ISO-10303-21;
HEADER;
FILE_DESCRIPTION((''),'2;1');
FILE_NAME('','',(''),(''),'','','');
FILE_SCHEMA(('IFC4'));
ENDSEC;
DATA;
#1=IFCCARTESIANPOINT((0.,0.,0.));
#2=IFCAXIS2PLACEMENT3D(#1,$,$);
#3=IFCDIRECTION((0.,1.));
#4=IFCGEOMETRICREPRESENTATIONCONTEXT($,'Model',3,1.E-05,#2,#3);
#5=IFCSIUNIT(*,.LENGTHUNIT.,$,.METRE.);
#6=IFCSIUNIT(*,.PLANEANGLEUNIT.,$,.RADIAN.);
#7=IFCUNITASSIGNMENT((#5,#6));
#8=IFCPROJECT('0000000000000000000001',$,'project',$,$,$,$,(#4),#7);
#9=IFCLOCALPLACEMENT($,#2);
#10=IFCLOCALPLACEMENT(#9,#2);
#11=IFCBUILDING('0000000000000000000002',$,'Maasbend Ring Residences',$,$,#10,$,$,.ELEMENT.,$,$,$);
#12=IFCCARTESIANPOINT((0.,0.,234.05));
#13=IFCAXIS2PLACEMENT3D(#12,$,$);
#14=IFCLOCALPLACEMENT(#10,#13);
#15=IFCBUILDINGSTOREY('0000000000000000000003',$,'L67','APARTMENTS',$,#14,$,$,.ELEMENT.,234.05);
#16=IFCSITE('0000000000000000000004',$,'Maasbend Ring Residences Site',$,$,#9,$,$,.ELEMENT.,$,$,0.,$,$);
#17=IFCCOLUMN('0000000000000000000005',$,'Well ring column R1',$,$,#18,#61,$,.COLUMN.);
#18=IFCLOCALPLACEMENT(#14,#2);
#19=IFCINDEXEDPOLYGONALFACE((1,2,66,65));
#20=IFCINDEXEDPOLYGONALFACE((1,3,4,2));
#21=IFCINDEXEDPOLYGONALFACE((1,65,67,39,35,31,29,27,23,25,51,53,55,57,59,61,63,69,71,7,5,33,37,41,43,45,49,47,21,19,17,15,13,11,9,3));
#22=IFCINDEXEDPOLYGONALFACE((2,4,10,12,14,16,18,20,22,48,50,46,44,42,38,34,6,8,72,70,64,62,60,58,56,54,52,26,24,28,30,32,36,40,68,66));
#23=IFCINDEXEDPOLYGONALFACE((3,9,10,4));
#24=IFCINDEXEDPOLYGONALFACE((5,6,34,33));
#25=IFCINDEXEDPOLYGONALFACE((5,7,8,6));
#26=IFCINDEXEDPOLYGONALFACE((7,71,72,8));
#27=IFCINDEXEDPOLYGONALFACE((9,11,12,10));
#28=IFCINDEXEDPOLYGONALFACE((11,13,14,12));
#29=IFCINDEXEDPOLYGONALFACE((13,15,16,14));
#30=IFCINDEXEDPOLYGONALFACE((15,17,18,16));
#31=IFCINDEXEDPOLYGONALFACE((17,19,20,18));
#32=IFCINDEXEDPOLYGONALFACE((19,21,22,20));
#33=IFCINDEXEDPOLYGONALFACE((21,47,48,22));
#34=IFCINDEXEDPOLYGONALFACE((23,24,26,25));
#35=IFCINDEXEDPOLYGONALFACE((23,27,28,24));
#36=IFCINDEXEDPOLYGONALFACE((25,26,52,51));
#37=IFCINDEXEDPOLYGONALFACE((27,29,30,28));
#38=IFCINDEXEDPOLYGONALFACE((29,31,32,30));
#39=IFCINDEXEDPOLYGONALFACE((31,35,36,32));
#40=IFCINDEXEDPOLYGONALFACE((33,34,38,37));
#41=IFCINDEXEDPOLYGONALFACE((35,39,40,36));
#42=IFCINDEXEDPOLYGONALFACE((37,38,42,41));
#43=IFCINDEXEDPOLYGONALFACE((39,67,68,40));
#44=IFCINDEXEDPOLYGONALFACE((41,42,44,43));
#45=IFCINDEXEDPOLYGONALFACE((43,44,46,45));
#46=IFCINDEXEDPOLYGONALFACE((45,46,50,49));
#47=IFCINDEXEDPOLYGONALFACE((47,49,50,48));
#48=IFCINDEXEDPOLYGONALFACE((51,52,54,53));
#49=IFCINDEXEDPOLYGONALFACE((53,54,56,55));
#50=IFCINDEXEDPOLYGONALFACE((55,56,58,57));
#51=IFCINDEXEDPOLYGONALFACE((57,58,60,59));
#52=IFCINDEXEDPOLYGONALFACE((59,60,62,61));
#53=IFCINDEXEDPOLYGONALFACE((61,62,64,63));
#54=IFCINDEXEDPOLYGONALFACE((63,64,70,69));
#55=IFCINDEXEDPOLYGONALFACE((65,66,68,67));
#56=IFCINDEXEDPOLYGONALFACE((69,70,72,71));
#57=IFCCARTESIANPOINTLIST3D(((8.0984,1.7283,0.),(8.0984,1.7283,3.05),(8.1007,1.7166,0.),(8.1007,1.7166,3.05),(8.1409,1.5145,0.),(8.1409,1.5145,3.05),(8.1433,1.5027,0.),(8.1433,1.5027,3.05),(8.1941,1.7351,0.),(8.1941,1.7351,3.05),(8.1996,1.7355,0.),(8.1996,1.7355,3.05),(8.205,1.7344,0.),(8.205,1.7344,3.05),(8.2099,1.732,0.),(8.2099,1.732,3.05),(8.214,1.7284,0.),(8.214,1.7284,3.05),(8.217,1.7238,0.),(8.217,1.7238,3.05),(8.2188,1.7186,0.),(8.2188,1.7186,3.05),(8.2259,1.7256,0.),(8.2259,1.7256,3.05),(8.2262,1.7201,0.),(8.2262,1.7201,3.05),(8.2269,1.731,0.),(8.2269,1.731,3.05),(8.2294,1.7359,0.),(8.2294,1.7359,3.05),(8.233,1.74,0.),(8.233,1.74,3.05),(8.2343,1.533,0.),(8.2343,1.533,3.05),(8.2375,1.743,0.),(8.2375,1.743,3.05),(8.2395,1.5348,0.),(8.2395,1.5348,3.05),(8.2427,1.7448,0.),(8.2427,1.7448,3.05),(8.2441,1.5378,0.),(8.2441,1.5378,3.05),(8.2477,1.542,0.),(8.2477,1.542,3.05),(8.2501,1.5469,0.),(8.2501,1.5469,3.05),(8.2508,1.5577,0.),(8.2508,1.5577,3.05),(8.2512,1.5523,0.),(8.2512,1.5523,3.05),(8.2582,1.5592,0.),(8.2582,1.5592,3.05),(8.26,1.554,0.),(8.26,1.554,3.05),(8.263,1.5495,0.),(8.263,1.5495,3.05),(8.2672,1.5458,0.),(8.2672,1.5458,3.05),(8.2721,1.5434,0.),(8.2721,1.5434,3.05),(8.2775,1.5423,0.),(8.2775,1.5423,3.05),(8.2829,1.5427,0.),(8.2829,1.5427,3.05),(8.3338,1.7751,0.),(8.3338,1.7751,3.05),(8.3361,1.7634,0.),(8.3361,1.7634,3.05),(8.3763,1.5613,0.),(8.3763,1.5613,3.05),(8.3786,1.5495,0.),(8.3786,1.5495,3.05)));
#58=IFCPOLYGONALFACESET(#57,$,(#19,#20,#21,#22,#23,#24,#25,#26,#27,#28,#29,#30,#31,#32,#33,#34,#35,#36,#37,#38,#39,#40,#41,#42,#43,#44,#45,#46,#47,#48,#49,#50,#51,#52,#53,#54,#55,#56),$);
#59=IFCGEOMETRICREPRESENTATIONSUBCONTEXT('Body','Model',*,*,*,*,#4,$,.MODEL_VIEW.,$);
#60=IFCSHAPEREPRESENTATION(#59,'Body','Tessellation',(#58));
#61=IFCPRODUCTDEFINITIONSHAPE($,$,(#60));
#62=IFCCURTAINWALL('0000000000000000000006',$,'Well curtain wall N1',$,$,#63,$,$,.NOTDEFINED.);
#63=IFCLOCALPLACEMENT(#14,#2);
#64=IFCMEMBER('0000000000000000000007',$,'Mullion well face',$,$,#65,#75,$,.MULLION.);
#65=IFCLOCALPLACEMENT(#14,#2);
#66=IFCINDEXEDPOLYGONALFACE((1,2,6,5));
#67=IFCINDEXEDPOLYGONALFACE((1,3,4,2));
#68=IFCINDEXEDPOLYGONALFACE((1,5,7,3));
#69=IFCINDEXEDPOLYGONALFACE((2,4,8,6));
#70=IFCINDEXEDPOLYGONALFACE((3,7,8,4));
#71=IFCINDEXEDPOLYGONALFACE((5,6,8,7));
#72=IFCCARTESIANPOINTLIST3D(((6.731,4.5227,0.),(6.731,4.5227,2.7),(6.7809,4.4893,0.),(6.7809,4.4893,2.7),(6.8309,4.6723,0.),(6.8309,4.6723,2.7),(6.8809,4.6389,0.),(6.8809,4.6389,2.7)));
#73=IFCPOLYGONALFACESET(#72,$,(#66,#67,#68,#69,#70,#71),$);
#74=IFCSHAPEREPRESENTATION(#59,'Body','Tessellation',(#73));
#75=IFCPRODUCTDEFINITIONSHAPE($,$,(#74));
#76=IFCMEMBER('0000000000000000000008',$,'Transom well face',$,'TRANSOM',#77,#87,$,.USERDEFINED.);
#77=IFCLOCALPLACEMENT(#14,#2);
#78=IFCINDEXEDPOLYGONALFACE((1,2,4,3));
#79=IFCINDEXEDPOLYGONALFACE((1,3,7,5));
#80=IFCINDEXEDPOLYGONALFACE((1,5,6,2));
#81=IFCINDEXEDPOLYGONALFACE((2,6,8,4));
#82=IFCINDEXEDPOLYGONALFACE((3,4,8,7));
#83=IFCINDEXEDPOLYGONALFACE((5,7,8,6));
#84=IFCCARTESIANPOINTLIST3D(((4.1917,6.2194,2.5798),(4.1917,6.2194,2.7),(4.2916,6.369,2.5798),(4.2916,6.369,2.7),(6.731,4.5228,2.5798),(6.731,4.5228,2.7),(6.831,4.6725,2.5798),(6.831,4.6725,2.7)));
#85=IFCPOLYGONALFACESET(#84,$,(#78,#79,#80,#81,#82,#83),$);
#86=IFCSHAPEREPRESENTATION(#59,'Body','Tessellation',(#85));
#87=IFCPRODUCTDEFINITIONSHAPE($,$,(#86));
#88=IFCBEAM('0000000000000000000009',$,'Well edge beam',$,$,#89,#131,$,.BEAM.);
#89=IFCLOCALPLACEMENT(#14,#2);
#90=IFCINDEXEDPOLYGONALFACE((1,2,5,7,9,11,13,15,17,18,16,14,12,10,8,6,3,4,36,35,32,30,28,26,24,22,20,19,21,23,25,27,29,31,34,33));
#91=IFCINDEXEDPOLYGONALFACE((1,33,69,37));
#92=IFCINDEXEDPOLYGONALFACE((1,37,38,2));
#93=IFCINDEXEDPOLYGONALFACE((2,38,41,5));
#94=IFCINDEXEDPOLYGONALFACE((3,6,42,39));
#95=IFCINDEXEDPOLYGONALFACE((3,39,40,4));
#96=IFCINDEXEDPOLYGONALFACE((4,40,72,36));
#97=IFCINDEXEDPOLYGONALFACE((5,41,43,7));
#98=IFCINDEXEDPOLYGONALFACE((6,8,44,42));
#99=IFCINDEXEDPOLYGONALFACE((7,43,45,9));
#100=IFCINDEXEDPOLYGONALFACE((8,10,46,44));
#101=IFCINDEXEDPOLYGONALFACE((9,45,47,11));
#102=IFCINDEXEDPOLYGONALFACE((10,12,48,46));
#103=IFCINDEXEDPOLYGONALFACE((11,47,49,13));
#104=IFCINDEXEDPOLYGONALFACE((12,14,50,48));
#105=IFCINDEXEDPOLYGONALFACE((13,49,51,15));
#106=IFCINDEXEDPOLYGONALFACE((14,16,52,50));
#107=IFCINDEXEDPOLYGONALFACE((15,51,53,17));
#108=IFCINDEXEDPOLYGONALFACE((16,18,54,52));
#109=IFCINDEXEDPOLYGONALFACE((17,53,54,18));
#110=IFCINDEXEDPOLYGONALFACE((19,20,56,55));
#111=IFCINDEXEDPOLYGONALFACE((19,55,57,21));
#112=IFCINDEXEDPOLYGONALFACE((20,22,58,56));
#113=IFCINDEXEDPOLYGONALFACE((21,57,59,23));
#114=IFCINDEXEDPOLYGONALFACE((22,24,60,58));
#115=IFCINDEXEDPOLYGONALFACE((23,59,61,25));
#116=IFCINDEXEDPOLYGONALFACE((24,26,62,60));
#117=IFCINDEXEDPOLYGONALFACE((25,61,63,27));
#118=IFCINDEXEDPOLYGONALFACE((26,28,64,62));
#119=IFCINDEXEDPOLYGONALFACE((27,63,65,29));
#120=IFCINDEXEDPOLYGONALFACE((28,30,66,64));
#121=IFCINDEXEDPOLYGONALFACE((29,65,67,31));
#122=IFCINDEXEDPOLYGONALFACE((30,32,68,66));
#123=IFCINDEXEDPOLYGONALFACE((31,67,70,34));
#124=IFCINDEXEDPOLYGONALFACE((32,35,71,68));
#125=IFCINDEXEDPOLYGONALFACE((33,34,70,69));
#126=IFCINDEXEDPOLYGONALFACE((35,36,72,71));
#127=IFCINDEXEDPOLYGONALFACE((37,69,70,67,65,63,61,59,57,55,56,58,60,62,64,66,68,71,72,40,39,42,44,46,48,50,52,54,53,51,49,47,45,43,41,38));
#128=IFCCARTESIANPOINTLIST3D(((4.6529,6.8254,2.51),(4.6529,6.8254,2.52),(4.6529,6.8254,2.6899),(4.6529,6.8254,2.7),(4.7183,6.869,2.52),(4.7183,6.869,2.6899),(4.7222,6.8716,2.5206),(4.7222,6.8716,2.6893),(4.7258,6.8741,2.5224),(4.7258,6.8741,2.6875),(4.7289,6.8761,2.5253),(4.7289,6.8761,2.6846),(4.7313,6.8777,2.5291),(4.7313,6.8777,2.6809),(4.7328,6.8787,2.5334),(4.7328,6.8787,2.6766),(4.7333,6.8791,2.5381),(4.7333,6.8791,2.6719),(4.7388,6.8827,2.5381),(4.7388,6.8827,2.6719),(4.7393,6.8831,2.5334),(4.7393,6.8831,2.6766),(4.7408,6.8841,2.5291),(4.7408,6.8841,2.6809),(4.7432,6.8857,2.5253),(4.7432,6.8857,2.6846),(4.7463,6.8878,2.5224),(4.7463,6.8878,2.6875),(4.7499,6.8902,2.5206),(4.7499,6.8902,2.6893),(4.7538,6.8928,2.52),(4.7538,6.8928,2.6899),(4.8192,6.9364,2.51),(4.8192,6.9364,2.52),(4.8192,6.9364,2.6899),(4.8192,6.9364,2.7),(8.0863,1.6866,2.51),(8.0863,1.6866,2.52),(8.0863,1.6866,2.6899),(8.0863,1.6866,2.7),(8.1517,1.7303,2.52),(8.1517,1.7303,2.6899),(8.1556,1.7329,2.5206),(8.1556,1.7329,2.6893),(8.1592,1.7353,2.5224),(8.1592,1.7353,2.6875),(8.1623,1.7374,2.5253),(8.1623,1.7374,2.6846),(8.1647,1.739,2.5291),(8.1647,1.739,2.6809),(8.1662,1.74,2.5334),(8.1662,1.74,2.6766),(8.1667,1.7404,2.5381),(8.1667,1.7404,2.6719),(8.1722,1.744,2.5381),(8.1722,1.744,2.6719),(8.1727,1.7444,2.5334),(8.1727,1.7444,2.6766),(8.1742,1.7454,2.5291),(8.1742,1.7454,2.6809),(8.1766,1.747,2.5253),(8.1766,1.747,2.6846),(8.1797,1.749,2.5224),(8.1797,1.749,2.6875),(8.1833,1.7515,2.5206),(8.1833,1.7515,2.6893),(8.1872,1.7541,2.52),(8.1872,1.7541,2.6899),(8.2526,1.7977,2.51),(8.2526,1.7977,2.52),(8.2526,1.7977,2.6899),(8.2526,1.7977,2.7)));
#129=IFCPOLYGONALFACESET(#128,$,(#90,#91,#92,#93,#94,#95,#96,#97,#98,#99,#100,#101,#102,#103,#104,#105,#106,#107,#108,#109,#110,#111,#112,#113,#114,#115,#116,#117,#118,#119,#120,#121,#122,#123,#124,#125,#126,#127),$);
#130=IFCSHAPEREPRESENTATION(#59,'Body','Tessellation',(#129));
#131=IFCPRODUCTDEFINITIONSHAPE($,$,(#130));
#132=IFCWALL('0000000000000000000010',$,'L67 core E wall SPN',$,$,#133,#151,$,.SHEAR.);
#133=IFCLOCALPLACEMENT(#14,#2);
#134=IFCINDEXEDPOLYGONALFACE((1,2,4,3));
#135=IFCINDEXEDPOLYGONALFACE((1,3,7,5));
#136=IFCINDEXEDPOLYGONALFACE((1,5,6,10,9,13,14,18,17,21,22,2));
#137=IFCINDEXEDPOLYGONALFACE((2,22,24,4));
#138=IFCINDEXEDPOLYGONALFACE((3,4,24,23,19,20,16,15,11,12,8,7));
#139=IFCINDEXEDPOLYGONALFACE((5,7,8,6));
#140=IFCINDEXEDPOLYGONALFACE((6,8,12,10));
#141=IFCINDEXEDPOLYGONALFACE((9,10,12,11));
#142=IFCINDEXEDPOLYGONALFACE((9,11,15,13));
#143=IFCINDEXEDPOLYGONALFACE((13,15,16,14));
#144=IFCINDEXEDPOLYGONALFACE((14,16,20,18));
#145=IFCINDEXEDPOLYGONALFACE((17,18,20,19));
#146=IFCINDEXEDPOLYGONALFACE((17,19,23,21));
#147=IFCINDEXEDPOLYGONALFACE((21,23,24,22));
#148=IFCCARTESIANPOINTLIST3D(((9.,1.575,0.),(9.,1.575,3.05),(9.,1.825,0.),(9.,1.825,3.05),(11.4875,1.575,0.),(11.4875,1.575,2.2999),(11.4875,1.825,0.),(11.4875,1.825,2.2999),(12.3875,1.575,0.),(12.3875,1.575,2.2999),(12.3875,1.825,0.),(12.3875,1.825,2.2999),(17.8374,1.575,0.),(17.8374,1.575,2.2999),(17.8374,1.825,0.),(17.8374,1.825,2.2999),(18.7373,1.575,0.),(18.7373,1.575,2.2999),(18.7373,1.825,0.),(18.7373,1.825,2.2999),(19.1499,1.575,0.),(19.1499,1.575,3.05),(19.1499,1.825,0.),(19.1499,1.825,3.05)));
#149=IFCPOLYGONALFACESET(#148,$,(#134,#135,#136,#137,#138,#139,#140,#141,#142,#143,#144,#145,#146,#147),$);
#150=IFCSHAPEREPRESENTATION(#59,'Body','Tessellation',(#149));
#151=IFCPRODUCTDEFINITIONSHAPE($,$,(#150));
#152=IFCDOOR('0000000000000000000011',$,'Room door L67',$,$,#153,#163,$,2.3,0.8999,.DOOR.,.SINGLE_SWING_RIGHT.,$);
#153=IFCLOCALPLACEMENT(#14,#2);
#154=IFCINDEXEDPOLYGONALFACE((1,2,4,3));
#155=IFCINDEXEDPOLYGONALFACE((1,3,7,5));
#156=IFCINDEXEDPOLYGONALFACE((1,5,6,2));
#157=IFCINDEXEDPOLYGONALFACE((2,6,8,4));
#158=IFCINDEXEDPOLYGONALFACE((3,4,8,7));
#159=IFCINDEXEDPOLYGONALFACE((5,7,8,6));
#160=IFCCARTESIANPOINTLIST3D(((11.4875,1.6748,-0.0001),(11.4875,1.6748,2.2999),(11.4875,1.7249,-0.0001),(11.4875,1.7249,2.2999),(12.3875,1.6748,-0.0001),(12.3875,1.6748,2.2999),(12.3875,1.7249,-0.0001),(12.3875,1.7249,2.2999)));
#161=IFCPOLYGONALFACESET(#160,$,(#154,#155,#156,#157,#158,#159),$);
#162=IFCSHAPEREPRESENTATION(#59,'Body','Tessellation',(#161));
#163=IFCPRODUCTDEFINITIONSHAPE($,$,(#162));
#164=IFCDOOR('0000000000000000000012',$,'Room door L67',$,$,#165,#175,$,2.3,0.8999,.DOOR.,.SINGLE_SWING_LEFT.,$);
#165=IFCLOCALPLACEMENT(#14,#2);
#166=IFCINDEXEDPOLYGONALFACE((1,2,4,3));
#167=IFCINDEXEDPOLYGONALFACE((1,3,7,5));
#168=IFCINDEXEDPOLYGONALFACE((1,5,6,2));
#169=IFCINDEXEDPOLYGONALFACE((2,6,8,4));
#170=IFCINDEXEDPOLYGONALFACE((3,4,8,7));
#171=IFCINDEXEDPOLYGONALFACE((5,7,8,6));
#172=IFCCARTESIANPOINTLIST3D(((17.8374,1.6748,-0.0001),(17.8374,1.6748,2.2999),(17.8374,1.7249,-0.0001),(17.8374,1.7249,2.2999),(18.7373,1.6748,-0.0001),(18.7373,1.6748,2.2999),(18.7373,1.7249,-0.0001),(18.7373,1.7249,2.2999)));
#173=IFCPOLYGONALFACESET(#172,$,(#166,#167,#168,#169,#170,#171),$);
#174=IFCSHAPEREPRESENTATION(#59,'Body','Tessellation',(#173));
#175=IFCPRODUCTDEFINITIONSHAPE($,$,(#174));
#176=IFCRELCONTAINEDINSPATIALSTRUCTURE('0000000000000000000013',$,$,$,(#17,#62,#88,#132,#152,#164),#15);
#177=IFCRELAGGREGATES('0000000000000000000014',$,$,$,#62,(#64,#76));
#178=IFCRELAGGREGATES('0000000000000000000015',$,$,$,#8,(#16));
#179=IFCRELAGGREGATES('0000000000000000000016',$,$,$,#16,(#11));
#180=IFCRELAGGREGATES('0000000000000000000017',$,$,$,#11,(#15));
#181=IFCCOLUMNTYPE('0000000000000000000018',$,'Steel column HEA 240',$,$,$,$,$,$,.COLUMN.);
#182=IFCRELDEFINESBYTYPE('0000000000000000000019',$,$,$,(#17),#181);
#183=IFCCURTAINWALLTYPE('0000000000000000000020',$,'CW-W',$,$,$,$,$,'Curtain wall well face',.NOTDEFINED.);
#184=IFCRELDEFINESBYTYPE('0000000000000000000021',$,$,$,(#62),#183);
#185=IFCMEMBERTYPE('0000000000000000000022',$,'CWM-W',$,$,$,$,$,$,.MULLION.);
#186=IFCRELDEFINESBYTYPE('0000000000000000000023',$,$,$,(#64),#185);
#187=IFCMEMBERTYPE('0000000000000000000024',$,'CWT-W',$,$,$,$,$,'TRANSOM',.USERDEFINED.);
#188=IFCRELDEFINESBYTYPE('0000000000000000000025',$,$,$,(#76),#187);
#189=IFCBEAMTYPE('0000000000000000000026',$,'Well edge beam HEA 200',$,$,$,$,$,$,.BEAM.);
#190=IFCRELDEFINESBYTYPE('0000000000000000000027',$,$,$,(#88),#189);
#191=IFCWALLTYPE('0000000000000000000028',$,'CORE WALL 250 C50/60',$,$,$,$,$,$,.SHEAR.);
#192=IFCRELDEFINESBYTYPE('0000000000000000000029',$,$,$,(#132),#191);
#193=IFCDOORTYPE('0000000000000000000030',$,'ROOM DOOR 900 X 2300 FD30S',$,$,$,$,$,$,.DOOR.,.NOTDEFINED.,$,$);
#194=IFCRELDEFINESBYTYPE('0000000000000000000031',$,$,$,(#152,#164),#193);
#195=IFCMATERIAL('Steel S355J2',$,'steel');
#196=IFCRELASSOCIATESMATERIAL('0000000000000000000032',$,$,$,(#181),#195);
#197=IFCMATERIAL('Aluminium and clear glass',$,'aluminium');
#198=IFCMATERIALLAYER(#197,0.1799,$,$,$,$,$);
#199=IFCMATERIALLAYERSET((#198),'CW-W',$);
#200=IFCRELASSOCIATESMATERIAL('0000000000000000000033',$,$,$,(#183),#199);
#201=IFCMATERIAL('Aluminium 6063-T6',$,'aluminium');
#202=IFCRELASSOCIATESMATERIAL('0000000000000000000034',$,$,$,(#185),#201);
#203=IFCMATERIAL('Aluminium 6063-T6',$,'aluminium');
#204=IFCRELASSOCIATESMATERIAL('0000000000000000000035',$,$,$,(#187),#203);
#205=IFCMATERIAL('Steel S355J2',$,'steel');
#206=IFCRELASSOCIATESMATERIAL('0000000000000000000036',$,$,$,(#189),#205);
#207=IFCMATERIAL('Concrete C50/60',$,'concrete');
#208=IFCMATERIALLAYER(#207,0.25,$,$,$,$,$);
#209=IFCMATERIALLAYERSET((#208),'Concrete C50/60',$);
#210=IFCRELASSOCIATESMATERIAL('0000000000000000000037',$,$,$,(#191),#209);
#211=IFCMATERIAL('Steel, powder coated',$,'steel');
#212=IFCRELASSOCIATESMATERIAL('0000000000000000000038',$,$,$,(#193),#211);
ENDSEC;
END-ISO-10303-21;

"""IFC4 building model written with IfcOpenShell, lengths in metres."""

from ifc_helpers import new_model, si_unit, direction, frame, frame_2d, origin, origin_2d, place, context, subcontext, project, spatial, rectangle, i_section, extrude, material, layer, layer_set, material_profile, profile_set, type_object, element, fill, aggregate, save


model = new_model("IFC4")

# Units and contexts
model_context = context("Model", 3, precision=1e-05, world=origin(), true_north=direction((0.0, 1.0)))
body_context = subcontext(model_context, "Body", "Model", "MODEL_VIEW")
ifc_project = project(units=[si_unit("LENGTHUNIT", "METRE"), si_unit("PLANEANGLEUNIT", "RADIAN")], contexts=[model_context])

# Site, building, storey
site_placement = place(None, origin())
site = spatial("IfcSite", under=ifc_project, at=site_placement, Name="Maasbend Ring Residences Site", CompositionType="ELEMENT", RefElevation=0.0)
building_placement = place(site_placement, origin())
building = spatial("IfcBuilding", under=site, at=building_placement, Name="Maasbend Ring Residences", CompositionType="ELEMENT")
storey_placement = place(building_placement, frame((0.0, 0.0, 234.05)))
storey = spatial("IfcBuildingStorey", under=building, at=storey_placement, Name="L67", Description="APARTMENTS", CompositionType="ELEMENT", Elevation=234.05)

# Column
ifc_material_1 = material(Name="Steel S355J2", Category="steel")
ifc_material_profile_1 = material_profile(ifc_material_1, i_section(OverallWidth=0.24, OverallDepth=0.23, WebThickness=0.0076, FlangeThickness=0.012, FilletRadius=0.021, at=origin_2d()), Name="HEA 240")
ifc_profile_set_1 = profile_set([ifc_material_profile_1], Name="Steel S355J2")
column_type = type_object("IfcColumnType", Name="Steel column HEA 240", PredefinedType="COLUMN", material=ifc_profile_set_1)
column_placement = place(storey_placement, frame((8.2385, 1.6389, 0.0), z_axis=(0.0, 0.0, 1.0), x_axis=(0.980785, 0.19509, 0.0)))
element("IfcColumn", 1, at=column_placement, inside=storey, type_object=column_type, Name="Well ring column R1", PredefinedType="COLUMN", context=body_context, shape_type="SweptSolid", body=[
    extrude(i_section(OverallWidth=0.24, OverallDepth=0.23, WebThickness=0.0076, FlangeThickness=0.012, FilletRadius=0.021, at=origin_2d()), origin(), (0.0, 0.0, 1.0), 3.05),
])

# Curtain wall, members
ifc_material_2 = material(Name="Aluminium and clear glass", Category="aluminium")
ifc_layer_1 = layer(ifc_material_2, 0.1799)
ifc_layer_set_1 = layer_set([ifc_layer_1], Name="CW-W")
curtain_wall_type = type_object("IfcCurtainWallType", Name="CW-W", ElementType="Curtain wall well face", PredefinedType="NOTDEFINED", material=ifc_layer_set_1)
curtain_wall_placement = place(storey_placement, origin())
curtain_wall = element("IfcCurtainWall", 2, at=curtain_wall_placement, inside=storey, type_object=curtain_wall_type, Name="Well curtain wall N1", PredefinedType="NOTDEFINED")
ifc_material_3 = material(Name="Aluminium 6063-T6", Category="aluminium")
ifc_material_profile_2 = material_profile(ifc_material_3, rectangle(XDim=0.1799, YDim=0.0601, at=origin_2d()), Name="AL 180x60")
ifc_profile_set_2 = profile_set([ifc_material_profile_2], Name="Aluminium 6063-T6")
member_type_1 = type_object("IfcMemberType", Name="CWM-W", PredefinedType="MULLION", material=ifc_profile_set_2)
member_1_placement = place(storey_placement, frame((6.8059, 4.5808, 0.0), z_axis=(0.0, 0.0, 1.0), x_axis=(-0.55557, -0.83147, 0.0)))
member_1 = element("IfcMember", 3, at=member_1_placement, type_object=member_type_1, Name="Mullion well face", PredefinedType="MULLION", context=body_context, shape_type="SweptSolid", body=[
    extrude(rectangle(XDim=0.1799, YDim=0.0601, at=origin_2d()), origin(), (0.0, 0.0, 1.0), 2.7),
])
ifc_material_4 = material(Name="Aluminium 6063-T6", Category="aluminium")
ifc_material_profile_3 = material_profile(ifc_material_4, rectangle(XDim=0.1799, YDim=0.1201, at=origin_2d()), Name="AL 180x120")
ifc_profile_set_3 = profile_set([ifc_material_profile_3], Name="Aluminium 6063-T6")
member_type_2 = type_object("IfcMemberType", Name="CWT-W", ElementType="TRANSOM", PredefinedType="USERDEFINED", material=ifc_profile_set_3)
member_2_placement = place(storey_placement, frame((6.781, 4.5977, 2.6399), z_axis=(-0.831496, 0.55553, 0.0), x_axis=(-0.55553, -0.831496, 0.0)))
member_2 = element("IfcMember", 4, at=member_2_placement, type_object=member_type_2, Name="Transom well face", ObjectType="TRANSOM", PredefinedType="USERDEFINED", context=body_context, shape_type="SweptSolid", body=[
    extrude(rectangle(XDim=0.1799, YDim=0.1201, at=origin_2d()), origin(), (0.0, 0.0, 1.0), 3.054),
])
aggregate(curtain_wall, [member_1, member_2])

# Beam
ifc_material_5 = material(Name="Steel S355J2", Category="steel")
ifc_material_profile_4 = material_profile(ifc_material_5, i_section(OverallWidth=0.2, OverallDepth=0.1899, WebThickness=0.0066, FlangeThickness=0.01, FilletRadius=0.0181, at=origin_2d()), Name="HEA 200")
ifc_profile_set_4 = profile_set([ifc_material_profile_4], Name="Steel S355J2")
beam_type = type_object("IfcBeamType", Name="Well edge beam HEA 200", PredefinedType="BEAM", material=ifc_profile_set_4)
beam_placement = place(storey_placement, frame((8.1694, 1.7422, 2.605), z_axis=(-0.555548, 0.831485, 0.0), x_axis=(-0.831485, -0.555548, 0.0)))
element("IfcBeam", 5, at=beam_placement, inside=storey, type_object=beam_type, Name="Well edge beam", PredefinedType="BEAM", context=body_context, shape_type="SweptSolid", body=[
    extrude(i_section(OverallWidth=0.2, OverallDepth=0.1899, WebThickness=0.0066, FlangeThickness=0.01, FilletRadius=0.0181, at=origin_2d()), origin(), (0.0, 0.0, 1.0), 6.1802),
])

# Wall, openings, doors
ifc_material_6 = material(Name="Concrete C50/60", Category="concrete")
ifc_layer_2 = layer(ifc_material_6, 0.25)
ifc_layer_set_2 = layer_set([ifc_layer_2], Name="Concrete C50/60")
wall_type_1 = type_object("IfcWallType", Name="CORE WALL 250 C50/60", PredefinedType="SHEAR", material=ifc_layer_set_2)
wall_1_placement = place(storey_placement, frame((9.0, 1.7, 0.0), z_axis=(0.0, 0.0, 1.0), x_axis=(1.0, 0.0, 0.0)))
wall_1 = element("IfcWall", 6, at=wall_1_placement, inside=storey, type_object=wall_type_1, Name="L67 core E wall SPN", PredefinedType="SHEAR", context=body_context, shape_type="SweptSolid", body=[
    extrude(rectangle(XDim=10.1499, YDim=0.25, at=frame_2d((5.075, 0.0))), origin(), (0.0, 0.0, 1.0), 3.05),
])
opening_1_placement = place(wall_1_placement, frame((2.4875, 0.0, 0.0)))
opening_1 = element("IfcOpeningElement", 7, at=opening_1_placement, cuts=wall_1, PredefinedType="OPENING", context=body_context, shape_type="SweptSolid", body=[
    extrude(rectangle(XDim=0.8999, YDim=2.3, at=frame_2d((0.45, 1.1499))), frame((0.0, 0.135, 0.0), z_axis=(0.0, -1.0, 0.0), x_axis=(1.0, 0.0, 0.0)), (0.0, 0.0, 1.0), 0.27),
])
opening_2_placement = place(wall_1_placement, frame((8.8374, 0.0, 0.0)))
opening_2 = element("IfcOpeningElement", 8, at=opening_2_placement, cuts=wall_1, PredefinedType="OPENING", context=body_context, shape_type="SweptSolid", body=[
    extrude(rectangle(XDim=0.8999, YDim=2.3, at=frame_2d((0.45, 1.1499))), frame((0.0, 0.135, 0.0), z_axis=(0.0, -1.0, 0.0), x_axis=(1.0, 0.0, 0.0)), (0.0, 0.0, 1.0), 0.27),
])
ifc_material_7 = material(Name="Steel, powder coated", Category="steel")
door_type_1 = type_object("IfcDoorType", Name="ROOM DOOR 900 X 2300 FD30S", OperationType="NOTDEFINED", PredefinedType="DOOR", material=ifc_material_7)
door_1_placement = place(opening_1_placement, origin())
door_1 = element("IfcDoor", 9, at=door_1_placement, inside=storey, type_object=door_type_1, Name="Room door L67", OperationType="SINGLE_SWING_RIGHT", OverallHeight=2.3, OverallWidth=0.8999, PredefinedType="DOOR", context=body_context, shape_type="SweptSolid", body=[
    extrude(rectangle(XDim=0.8999, YDim=2.3, at=frame_2d((0.45, 1.1499))), frame((0.0, 0.0249, 0.0), z_axis=(0.0, -1.0, 0.0), x_axis=(1.0, 0.0, 0.0)), (0.0, 0.0, 1.0), 0.05),
])
fill(opening_1, door_1)
door_2_placement = place(opening_2_placement, origin())
door_2 = element("IfcDoor", 10, at=door_2_placement, inside=storey, type_object=door_type_1, Name="Room door L67", OperationType="SINGLE_SWING_LEFT", OverallHeight=2.3, OverallWidth=0.8999, PredefinedType="DOOR", context=body_context, shape_type="SweptSolid", body=[
    extrude(rectangle(XDim=0.8999, YDim=2.3, at=frame_2d((0.45, 1.1499))), frame((0.0, 0.0249, 0.0), z_axis=(0.0, -1.0, 0.0), x_axis=(1.0, 0.0, 0.0)), (0.0, 0.0, 1.0), 0.05),
])
fill(opening_2, door_2)

save(model, "model.ifc")
